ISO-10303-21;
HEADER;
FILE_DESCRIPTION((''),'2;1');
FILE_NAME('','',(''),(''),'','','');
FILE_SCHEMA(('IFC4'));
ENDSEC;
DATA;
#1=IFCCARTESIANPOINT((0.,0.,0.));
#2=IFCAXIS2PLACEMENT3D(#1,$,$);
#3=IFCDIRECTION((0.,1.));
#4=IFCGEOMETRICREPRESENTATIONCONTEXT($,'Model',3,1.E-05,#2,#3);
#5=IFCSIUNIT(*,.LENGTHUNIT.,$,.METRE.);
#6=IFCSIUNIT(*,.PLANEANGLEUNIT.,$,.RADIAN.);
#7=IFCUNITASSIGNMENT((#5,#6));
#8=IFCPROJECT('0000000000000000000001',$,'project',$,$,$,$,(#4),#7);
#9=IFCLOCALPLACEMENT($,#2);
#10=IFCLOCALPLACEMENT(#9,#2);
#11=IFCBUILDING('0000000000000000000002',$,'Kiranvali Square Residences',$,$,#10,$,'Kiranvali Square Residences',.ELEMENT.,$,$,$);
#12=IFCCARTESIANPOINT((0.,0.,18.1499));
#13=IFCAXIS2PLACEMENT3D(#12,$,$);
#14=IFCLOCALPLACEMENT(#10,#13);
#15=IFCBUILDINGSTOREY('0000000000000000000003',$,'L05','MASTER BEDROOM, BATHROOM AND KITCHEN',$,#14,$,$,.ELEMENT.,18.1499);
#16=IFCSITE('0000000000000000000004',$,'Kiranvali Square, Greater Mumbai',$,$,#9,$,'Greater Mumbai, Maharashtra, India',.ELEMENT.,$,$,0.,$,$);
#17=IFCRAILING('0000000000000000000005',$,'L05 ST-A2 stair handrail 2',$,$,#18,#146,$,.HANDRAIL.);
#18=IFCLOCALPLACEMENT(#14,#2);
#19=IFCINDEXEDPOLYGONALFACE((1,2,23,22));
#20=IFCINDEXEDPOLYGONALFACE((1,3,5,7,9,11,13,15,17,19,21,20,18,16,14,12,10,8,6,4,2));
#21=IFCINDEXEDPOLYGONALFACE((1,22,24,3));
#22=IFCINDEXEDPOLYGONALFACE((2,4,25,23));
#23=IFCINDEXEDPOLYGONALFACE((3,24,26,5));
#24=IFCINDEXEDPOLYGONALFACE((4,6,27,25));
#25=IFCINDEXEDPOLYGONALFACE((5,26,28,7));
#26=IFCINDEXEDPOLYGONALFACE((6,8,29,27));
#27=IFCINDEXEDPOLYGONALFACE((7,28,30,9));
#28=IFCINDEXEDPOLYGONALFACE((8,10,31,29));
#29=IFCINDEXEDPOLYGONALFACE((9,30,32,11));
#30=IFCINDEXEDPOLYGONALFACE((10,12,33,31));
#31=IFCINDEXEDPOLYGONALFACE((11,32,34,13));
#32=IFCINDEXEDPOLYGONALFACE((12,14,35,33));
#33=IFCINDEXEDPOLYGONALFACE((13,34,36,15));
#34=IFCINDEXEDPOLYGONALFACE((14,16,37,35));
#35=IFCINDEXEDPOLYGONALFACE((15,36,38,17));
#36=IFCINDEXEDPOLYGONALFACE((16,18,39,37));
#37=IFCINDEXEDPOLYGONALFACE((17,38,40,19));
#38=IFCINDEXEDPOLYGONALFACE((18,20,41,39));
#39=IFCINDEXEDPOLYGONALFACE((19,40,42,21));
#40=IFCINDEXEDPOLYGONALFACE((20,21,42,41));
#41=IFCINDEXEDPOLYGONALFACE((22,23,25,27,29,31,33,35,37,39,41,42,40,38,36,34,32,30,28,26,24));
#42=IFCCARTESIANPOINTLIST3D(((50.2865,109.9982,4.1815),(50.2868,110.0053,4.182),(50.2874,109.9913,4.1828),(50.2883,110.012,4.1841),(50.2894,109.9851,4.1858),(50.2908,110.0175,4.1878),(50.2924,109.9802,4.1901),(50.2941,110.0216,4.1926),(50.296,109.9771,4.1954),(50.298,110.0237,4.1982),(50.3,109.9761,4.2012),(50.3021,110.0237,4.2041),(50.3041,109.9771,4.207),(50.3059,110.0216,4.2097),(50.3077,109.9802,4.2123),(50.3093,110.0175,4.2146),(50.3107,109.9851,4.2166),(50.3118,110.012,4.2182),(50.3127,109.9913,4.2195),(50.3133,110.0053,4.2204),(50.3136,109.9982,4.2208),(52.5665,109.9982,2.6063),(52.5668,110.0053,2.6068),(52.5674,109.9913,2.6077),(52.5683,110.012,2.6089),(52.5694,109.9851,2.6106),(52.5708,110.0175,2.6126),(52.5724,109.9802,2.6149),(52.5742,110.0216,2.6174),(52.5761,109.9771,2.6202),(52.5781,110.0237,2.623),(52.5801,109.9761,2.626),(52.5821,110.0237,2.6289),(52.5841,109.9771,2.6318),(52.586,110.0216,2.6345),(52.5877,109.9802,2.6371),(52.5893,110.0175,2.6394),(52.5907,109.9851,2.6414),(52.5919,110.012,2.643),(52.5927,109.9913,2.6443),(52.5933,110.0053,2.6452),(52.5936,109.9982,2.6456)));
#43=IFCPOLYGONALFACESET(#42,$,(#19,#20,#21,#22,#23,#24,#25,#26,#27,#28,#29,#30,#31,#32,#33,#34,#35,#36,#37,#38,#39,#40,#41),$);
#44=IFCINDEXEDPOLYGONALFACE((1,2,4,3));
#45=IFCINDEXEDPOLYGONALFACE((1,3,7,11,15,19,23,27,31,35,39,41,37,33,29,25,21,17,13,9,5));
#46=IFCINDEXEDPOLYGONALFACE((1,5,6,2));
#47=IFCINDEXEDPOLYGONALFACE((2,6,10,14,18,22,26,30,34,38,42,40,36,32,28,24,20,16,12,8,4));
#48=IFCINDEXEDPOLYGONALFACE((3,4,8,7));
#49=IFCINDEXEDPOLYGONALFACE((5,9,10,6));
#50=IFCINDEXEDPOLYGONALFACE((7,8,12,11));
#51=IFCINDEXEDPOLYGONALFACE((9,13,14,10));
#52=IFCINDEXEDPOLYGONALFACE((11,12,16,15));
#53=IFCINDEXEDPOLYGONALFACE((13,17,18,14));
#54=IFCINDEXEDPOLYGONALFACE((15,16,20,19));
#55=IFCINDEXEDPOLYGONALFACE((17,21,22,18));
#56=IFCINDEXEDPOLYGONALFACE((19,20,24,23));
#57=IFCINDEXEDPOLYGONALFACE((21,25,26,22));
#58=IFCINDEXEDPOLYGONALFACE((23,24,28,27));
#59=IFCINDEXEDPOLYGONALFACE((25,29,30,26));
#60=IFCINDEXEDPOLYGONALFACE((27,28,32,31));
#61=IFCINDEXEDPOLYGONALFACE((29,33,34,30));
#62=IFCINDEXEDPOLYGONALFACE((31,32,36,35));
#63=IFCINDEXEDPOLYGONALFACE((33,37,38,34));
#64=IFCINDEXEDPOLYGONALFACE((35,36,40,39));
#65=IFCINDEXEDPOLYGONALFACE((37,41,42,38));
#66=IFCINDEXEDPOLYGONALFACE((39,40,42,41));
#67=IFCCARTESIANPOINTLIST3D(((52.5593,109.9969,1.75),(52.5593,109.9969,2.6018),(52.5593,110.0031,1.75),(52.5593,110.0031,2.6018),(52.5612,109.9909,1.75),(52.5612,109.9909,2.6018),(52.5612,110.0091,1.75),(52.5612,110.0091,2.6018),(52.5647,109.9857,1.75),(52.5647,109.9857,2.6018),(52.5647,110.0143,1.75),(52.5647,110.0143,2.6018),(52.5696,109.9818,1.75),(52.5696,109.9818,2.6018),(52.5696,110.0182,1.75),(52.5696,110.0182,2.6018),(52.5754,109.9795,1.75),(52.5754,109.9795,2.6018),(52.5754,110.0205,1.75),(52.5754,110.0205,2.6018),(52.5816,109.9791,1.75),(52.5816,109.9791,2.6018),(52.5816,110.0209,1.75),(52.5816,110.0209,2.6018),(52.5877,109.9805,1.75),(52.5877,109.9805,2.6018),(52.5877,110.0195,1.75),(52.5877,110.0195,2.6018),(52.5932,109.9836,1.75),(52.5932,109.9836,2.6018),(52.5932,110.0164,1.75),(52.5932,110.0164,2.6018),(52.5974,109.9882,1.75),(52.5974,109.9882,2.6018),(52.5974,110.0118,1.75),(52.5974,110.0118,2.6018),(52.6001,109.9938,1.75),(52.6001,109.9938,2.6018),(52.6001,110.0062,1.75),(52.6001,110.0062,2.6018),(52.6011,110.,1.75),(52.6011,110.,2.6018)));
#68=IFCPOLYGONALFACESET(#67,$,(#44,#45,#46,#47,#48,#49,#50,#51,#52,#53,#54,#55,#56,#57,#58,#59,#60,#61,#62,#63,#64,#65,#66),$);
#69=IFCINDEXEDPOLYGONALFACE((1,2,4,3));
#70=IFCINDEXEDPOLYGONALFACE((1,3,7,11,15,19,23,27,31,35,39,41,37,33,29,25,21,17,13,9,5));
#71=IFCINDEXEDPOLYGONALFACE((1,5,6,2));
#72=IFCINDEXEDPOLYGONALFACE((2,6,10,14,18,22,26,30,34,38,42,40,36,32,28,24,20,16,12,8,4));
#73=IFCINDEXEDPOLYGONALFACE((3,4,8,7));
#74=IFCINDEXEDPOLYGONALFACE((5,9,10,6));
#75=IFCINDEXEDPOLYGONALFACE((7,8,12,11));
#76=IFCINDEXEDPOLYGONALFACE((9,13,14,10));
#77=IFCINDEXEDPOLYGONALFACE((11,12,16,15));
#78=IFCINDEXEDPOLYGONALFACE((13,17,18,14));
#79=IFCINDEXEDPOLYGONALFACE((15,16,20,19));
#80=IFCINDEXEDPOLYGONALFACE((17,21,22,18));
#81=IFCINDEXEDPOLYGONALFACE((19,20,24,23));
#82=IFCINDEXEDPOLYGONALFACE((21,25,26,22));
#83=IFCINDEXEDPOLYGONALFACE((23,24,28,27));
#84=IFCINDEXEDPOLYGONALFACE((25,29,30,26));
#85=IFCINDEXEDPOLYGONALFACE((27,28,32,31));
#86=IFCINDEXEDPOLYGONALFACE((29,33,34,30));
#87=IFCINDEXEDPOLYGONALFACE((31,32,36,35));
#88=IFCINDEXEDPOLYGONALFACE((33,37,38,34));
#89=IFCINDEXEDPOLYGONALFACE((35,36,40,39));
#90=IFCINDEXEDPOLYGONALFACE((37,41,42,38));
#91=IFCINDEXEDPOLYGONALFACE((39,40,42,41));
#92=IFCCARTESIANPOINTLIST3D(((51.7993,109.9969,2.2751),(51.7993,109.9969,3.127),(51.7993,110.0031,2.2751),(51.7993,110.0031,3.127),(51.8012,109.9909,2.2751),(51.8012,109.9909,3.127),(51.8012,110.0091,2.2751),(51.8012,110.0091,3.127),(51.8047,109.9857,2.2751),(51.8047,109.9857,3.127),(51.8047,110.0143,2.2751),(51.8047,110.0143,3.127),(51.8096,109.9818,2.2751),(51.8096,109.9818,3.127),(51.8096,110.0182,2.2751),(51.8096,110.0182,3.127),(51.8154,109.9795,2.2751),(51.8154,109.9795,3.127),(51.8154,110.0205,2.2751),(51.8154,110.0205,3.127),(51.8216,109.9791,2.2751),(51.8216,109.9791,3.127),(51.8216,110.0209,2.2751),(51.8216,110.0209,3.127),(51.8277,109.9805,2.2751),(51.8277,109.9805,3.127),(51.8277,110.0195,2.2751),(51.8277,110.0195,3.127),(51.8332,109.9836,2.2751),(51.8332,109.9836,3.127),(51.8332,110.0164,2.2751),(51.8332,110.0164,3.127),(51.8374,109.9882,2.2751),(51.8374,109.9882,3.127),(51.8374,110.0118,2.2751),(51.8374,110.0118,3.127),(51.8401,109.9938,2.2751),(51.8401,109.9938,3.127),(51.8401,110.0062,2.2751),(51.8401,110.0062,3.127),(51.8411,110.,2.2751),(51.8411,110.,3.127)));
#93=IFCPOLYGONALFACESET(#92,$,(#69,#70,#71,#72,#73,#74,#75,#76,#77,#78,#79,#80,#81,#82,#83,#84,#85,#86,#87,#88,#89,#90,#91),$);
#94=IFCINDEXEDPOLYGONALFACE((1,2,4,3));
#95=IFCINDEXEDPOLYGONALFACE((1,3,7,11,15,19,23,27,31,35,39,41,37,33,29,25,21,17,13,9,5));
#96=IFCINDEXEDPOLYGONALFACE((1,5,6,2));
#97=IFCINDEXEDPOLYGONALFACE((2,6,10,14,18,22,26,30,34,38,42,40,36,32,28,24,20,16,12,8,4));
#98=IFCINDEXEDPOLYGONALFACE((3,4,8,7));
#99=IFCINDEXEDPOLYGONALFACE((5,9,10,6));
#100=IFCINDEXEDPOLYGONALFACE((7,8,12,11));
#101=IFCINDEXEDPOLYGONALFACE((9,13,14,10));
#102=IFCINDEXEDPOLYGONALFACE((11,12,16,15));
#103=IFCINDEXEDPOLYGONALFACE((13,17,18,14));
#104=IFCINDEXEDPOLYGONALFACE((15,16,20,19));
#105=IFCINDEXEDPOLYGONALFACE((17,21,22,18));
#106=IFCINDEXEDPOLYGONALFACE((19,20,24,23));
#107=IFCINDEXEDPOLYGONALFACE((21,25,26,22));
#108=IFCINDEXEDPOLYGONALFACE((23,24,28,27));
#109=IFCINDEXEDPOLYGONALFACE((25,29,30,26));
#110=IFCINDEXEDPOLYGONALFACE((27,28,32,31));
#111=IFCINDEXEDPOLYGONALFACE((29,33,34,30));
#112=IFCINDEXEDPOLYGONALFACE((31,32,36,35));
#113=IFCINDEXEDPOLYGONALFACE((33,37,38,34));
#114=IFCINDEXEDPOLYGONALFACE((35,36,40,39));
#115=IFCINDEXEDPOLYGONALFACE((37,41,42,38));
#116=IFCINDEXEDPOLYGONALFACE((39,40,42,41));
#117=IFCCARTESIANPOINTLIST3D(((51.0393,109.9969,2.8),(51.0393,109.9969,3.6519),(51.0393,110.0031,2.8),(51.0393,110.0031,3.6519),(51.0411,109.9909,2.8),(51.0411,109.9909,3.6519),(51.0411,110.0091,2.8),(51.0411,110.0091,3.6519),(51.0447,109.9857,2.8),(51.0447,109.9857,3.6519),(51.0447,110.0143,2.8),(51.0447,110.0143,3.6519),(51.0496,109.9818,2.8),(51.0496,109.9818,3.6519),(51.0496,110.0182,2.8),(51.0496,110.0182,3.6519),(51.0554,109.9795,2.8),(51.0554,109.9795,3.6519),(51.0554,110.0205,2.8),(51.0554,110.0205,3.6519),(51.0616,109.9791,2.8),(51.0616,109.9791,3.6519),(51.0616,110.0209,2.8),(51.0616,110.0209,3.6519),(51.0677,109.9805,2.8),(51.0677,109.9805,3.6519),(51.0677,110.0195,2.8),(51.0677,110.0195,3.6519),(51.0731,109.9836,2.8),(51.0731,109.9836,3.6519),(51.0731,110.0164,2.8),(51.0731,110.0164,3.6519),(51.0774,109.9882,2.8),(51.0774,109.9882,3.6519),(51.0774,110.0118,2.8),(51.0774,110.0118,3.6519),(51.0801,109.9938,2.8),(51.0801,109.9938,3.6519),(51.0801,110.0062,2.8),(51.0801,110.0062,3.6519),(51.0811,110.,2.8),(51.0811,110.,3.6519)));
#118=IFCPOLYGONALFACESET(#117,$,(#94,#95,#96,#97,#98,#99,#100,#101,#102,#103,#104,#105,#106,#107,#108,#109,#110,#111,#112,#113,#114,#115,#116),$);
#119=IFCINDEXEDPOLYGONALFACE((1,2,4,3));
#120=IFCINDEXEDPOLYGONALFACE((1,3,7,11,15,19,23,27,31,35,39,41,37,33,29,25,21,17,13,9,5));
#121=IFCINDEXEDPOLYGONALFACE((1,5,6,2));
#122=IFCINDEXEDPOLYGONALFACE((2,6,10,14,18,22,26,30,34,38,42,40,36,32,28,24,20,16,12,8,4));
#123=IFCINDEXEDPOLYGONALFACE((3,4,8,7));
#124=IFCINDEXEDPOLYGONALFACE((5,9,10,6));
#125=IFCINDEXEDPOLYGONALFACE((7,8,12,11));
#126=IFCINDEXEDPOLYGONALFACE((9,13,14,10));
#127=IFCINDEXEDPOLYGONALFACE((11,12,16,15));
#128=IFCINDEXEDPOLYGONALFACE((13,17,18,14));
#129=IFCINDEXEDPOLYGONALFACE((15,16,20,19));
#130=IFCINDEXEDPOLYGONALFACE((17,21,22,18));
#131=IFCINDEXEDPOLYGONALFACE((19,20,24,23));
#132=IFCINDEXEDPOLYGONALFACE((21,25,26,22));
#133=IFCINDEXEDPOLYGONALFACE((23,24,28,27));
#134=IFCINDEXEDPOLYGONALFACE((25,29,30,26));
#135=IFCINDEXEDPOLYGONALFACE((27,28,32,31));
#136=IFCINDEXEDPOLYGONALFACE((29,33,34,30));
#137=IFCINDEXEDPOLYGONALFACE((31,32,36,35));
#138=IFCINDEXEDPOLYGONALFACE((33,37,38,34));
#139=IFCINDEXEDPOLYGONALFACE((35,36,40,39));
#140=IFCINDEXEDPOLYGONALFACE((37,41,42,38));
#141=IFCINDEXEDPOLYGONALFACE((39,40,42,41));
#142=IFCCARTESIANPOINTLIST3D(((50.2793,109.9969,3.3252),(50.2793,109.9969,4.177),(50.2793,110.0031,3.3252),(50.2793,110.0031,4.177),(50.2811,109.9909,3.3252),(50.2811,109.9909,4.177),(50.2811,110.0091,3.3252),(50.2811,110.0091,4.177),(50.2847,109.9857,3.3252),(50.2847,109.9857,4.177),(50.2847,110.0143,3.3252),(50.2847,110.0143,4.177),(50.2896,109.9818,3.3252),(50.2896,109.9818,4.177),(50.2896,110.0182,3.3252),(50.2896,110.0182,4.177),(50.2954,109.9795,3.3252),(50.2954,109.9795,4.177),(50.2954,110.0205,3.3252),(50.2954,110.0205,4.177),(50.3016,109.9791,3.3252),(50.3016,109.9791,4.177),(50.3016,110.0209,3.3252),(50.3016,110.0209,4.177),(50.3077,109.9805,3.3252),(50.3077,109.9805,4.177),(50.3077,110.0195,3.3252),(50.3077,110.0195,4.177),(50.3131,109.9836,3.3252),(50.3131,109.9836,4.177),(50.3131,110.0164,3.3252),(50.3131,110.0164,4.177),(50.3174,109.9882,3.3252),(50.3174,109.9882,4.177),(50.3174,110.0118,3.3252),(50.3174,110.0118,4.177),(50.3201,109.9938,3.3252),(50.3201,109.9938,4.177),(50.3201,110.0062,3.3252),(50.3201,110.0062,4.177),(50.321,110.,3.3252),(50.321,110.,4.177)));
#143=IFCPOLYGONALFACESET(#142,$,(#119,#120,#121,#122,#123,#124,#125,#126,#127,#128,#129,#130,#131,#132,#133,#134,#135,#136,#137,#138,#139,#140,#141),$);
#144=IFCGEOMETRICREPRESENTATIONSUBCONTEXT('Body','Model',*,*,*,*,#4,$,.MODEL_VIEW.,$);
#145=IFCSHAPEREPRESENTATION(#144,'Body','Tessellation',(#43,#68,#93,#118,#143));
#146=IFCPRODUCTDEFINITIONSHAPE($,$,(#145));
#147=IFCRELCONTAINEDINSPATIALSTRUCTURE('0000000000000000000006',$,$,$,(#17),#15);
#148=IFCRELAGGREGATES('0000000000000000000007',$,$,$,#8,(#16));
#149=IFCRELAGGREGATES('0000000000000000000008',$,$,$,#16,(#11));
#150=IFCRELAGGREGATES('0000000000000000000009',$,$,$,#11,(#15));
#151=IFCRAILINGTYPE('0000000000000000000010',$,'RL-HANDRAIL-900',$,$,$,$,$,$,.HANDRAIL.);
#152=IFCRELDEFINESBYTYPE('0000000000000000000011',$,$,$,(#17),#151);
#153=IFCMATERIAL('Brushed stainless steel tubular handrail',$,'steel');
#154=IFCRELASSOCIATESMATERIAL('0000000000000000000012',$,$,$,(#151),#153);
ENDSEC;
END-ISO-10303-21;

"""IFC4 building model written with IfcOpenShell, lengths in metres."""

from ifc_helpers import new_model, si_unit, direction, frame, origin, origin_2d, place, context, subcontext, project, spatial, circle, extrude, material, type_object, element, save


model = new_model("IFC4")

# Units and contexts
model_context = context("Model", 3, precision=1e-05, world=origin(), true_north=direction((0.0, 1.0)))
body_context = subcontext(model_context, "Body", "Model", "MODEL_VIEW")
ifc_project = project(units=[si_unit("LENGTHUNIT", "METRE"), si_unit("PLANEANGLEUNIT", "RADIAN")], contexts=[model_context])

# Site, building, storey
site_placement = place(None, origin())
site = spatial("IfcSite", under=ifc_project, at=site_placement, Name="Kiranvali Square, Greater Mumbai", LongName="Greater Mumbai, Maharashtra, India", CompositionType="ELEMENT", RefElevation=0.0)
building_placement = place(site_placement, origin())
building = spatial("IfcBuilding", under=site, at=building_placement, Name="Kiranvali Square Residences", LongName="Kiranvali Square Residences", CompositionType="ELEMENT")
storey_placement = place(building_placement, frame((0.0, 0.0, 18.1499)))
storey = spatial("IfcBuildingStorey", under=building, at=storey_placement, Name="L05", Description="MASTER BEDROOM, BATHROOM AND KITCHEN", CompositionType="ELEMENT", Elevation=18.1499)

# Railing
ifc_material_1 = material(Name="Brushed stainless steel tubular handrail", Category="steel")
railing_type_1 = type_object("IfcRailingType", Name="RL-HANDRAIL-900", PredefinedType="HANDRAIL", material=ifc_material_1)
railing_1_placement = place(storey_placement, frame((52.5801, 110.0, 1.75)))
element("IfcRailing", 1, at=railing_1_placement, inside=storey, type_object=railing_type_1, Name="L05 ST-A2 stair handrail 2", PredefinedType="HANDRAIL", context=body_context, shape_type="SweptSolid", body=[
    extrude(circle(Radius=0.0239, at=origin_2d()), frame((0.0, 0.0, 0.876), z_axis=(-0.822747, 0.0, 0.568408), x_axis=(0.0, -1.0, 0.0)), (0.0, 0.0, 1.0), 2.7712),
    extrude(circle(Radius=0.021, at=origin_2d()), origin(), (0.0, 0.0, 1.0), 0.8518),
    extrude(circle(Radius=0.021, at=origin_2d()), frame((-0.76, 0.0, 0.5251)), (0.0, 0.0, 1.0), 0.8518),
    extrude(circle(Radius=0.021, at=origin_2d()), frame((-1.52, 0.0, 1.05)), (0.0, 0.0, 1.0), 0.8518),
    extrude(circle(Radius=0.021, at=origin_2d()), frame((-2.28, 0.0, 1.5752)), (0.0, 0.0, 1.0), 0.8518),
])

save(model, "model.ifc")
